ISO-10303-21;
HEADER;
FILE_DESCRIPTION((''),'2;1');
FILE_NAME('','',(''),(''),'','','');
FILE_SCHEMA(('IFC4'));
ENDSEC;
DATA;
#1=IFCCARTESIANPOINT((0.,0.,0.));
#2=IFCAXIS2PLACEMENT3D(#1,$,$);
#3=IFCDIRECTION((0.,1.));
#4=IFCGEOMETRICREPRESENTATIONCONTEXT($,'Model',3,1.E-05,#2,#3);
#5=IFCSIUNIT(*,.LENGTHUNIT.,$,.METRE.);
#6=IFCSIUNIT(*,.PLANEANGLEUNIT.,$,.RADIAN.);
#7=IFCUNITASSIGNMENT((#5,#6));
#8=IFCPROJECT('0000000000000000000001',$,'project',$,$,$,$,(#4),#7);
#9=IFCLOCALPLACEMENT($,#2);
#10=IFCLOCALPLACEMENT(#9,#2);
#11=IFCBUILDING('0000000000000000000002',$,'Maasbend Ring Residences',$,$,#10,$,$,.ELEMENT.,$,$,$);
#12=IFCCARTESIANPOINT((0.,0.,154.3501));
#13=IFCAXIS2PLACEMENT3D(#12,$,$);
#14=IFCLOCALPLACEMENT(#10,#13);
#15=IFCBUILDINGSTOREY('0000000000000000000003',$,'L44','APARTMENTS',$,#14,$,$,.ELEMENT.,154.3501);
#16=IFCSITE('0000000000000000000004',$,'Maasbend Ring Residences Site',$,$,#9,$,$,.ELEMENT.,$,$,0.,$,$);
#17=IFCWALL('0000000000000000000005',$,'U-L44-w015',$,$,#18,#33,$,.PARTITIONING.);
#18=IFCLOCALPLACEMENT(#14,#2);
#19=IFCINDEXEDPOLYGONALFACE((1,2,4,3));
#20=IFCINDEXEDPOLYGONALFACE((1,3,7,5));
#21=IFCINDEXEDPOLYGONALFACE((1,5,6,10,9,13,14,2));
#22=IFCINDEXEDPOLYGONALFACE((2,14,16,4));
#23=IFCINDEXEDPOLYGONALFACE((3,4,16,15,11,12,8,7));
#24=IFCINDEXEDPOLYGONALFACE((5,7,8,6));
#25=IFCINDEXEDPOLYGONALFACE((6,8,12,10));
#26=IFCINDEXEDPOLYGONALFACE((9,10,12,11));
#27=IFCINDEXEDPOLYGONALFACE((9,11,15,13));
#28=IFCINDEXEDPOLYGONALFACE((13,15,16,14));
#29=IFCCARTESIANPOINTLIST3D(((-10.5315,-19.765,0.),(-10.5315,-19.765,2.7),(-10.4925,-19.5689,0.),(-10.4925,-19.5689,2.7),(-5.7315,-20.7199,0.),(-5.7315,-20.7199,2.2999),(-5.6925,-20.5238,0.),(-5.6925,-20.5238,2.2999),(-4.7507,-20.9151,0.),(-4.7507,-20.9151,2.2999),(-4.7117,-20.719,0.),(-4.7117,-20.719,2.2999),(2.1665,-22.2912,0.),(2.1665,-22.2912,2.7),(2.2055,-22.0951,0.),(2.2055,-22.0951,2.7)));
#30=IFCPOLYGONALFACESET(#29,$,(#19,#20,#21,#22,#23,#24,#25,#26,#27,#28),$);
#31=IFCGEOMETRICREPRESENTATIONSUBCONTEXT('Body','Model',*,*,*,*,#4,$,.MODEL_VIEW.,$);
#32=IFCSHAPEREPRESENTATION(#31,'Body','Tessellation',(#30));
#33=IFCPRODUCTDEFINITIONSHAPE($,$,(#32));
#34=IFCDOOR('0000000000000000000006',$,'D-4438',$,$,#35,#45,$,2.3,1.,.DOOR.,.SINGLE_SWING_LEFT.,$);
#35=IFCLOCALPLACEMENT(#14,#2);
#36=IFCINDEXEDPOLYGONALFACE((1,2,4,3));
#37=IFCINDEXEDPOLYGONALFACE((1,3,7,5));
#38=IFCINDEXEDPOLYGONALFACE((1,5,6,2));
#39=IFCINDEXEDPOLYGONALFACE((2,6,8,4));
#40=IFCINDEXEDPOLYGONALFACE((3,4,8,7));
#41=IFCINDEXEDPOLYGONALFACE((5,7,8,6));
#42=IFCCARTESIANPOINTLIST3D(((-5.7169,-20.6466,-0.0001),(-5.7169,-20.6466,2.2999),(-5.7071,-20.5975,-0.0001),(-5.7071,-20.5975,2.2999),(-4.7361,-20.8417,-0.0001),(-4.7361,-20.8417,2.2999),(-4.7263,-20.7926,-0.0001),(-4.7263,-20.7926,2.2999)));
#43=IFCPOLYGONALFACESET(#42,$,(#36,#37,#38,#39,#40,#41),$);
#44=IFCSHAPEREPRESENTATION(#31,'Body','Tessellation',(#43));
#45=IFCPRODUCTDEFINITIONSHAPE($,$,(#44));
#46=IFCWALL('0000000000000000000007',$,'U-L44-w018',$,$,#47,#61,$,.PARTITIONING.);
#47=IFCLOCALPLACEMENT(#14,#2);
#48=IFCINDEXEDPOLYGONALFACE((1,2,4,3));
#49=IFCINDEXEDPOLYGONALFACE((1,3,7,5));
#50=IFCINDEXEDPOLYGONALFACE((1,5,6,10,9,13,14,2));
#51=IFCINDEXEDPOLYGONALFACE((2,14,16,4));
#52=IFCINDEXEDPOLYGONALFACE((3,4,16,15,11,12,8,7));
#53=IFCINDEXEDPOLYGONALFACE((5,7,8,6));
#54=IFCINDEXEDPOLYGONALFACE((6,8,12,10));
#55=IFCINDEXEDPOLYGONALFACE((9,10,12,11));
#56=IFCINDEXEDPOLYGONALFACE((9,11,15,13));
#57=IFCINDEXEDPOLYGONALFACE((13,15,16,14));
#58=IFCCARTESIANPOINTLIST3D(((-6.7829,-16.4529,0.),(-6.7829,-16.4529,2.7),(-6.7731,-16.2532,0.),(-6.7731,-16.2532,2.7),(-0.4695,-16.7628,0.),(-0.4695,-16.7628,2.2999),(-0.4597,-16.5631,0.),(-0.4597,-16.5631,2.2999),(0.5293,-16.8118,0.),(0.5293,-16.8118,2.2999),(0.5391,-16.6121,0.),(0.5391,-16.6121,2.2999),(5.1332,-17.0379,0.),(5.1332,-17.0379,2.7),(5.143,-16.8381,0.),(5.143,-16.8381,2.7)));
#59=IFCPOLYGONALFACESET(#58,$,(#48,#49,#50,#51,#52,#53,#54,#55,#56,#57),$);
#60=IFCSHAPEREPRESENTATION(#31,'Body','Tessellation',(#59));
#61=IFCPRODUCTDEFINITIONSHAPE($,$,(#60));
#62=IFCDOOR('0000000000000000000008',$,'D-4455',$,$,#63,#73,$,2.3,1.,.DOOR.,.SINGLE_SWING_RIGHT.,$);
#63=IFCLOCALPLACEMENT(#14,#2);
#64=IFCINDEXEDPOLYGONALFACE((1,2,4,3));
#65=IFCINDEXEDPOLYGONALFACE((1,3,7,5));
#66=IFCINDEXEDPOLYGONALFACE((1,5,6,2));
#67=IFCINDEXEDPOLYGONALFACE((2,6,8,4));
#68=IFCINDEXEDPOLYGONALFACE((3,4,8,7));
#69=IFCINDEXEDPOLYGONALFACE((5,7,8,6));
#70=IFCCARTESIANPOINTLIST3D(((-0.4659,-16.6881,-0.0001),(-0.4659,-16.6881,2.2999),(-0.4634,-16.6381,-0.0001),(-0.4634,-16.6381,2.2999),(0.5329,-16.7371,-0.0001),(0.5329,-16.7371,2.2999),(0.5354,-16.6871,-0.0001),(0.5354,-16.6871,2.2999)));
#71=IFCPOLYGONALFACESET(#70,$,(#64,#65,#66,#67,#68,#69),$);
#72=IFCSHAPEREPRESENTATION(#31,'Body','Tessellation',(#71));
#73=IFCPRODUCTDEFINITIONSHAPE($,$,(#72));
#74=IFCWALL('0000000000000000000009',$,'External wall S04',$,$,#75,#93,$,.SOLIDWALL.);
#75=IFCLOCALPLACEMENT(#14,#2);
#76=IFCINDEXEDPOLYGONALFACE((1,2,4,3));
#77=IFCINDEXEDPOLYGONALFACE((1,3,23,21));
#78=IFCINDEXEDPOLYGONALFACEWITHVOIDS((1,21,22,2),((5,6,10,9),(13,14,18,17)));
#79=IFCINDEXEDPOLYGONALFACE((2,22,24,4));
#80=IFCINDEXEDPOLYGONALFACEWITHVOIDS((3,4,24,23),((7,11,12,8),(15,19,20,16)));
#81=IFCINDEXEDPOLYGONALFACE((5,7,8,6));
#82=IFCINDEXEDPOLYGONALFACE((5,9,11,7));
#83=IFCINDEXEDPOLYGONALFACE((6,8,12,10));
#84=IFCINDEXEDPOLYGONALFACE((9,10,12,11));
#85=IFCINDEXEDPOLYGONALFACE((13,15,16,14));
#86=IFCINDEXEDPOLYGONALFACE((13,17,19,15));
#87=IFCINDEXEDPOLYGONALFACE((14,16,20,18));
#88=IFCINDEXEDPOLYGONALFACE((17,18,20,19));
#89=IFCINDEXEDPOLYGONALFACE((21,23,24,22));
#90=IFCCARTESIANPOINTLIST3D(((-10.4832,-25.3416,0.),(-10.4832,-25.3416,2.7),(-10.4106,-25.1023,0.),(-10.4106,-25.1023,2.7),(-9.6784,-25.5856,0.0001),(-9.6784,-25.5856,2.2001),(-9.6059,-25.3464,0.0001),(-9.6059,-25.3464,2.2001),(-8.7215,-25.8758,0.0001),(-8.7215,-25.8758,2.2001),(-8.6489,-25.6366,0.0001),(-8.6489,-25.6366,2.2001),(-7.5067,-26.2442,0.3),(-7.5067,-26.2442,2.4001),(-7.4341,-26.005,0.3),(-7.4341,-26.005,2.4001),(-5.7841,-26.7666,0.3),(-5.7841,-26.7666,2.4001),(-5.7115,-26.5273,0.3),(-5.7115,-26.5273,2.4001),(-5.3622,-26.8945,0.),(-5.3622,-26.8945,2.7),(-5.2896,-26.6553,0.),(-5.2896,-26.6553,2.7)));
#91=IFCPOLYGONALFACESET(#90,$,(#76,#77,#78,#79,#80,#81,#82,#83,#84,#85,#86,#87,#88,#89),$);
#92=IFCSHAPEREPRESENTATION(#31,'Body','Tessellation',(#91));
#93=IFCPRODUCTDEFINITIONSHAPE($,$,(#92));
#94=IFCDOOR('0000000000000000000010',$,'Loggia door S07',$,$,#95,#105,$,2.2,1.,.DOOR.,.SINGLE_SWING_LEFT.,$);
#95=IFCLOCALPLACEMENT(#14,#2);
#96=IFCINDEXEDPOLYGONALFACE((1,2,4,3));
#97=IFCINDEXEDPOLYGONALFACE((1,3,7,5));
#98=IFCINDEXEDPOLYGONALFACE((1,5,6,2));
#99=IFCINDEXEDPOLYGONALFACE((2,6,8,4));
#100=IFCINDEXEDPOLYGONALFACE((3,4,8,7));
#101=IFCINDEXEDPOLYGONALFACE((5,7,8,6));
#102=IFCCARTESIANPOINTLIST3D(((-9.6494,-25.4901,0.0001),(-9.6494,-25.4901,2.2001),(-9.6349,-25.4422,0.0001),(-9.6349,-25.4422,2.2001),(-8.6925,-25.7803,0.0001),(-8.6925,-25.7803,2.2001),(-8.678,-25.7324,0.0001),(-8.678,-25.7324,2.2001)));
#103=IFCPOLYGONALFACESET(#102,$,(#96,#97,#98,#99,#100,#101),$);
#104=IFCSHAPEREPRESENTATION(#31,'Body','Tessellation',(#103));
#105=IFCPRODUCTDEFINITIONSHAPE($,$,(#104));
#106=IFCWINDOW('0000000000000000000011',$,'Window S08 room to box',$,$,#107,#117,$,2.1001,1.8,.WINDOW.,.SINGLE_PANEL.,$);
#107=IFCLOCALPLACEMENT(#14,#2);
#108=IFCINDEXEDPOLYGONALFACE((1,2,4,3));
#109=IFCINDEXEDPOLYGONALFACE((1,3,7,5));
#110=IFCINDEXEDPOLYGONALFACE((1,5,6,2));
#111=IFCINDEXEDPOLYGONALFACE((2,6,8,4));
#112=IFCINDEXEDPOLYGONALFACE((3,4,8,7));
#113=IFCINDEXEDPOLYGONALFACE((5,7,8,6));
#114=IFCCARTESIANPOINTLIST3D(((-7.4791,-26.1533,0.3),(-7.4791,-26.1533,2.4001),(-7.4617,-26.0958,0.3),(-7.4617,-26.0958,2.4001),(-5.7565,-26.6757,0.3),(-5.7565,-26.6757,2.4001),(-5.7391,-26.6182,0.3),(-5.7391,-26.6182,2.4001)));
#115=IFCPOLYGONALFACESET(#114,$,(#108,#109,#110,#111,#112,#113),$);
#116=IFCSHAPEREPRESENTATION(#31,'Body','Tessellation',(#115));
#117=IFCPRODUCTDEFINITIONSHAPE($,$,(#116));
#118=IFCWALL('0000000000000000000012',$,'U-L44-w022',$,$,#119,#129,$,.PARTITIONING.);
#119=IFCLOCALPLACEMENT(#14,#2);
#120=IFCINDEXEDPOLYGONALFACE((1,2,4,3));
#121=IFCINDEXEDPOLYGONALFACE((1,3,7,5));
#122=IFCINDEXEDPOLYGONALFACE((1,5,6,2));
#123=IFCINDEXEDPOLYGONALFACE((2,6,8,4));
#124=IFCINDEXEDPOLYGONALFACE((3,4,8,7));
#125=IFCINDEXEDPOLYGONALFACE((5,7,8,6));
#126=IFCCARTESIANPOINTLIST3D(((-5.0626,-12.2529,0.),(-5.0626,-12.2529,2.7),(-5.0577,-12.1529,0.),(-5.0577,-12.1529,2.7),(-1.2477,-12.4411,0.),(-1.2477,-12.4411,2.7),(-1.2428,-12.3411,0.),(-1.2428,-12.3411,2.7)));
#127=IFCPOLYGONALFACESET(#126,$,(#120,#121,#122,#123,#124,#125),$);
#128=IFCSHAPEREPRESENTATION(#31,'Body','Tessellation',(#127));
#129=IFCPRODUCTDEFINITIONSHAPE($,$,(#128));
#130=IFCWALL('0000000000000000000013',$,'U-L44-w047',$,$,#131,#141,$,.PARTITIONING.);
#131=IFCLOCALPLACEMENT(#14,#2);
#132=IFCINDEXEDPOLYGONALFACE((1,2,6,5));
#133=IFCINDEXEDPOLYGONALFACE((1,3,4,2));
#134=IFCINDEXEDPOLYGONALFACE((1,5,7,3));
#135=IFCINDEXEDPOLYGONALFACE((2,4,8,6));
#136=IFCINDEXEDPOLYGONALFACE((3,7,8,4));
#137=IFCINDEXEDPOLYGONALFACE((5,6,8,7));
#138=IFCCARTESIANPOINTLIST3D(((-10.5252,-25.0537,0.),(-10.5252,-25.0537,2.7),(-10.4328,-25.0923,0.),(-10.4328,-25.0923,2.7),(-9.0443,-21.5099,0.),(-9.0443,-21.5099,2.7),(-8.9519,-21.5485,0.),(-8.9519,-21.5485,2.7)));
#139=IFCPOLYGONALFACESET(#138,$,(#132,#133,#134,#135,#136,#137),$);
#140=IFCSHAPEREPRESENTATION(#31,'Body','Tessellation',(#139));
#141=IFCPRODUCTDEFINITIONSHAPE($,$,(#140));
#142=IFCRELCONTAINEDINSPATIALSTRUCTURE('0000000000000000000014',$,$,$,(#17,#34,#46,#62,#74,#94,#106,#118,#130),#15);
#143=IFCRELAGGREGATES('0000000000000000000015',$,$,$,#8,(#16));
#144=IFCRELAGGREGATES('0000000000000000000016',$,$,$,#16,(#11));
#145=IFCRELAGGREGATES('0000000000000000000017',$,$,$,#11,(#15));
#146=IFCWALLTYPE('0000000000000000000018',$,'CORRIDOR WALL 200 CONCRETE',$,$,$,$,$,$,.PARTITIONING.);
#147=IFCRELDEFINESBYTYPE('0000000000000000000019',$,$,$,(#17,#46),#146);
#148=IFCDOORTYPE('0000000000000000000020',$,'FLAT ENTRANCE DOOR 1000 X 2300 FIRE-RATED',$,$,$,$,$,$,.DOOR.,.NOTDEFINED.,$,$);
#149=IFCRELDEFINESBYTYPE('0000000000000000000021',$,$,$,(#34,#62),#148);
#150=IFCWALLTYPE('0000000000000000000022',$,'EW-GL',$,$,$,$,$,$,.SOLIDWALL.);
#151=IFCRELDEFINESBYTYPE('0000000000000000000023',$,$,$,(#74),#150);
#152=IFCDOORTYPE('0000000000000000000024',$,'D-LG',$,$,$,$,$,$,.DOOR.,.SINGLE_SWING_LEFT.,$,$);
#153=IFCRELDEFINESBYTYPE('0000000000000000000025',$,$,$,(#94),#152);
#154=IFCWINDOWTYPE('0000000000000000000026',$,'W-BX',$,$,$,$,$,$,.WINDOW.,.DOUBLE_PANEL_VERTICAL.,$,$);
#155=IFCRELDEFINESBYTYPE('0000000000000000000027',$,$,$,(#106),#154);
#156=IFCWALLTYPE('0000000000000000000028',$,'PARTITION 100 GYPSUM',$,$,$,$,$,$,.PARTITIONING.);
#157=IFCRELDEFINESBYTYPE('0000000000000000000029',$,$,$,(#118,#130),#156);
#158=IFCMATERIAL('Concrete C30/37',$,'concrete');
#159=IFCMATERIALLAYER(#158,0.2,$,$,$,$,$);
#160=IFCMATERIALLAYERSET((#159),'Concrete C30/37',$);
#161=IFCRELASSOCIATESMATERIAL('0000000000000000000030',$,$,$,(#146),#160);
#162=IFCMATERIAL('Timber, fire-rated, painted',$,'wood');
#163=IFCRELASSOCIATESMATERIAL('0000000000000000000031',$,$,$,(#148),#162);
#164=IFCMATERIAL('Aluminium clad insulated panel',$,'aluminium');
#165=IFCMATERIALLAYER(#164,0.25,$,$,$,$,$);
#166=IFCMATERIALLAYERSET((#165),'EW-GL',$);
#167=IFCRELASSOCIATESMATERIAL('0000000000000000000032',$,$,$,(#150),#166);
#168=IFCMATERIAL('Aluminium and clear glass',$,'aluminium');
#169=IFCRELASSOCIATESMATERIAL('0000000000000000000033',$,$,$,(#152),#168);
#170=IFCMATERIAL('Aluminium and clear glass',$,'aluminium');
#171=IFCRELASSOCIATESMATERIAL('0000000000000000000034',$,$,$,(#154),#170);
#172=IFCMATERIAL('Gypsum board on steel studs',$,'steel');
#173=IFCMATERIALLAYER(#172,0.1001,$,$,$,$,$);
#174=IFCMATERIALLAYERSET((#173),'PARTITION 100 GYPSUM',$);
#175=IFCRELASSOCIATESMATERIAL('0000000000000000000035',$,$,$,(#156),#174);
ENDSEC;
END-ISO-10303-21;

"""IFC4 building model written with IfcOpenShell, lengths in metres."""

from ifc_helpers import new_model, si_unit, direction, frame, frame_2d, origin, place, context, subcontext, project, spatial, rectangle, extrude, material, layer, layer_set, type_object, element, fill, save


model = new_model("IFC4")

# Units and contexts
model_context = context("Model", 3, precision=1e-05, world=origin(), true_north=direction((0.0, 1.0)))
body_context = subcontext(model_context, "Body", "Model", "MODEL_VIEW")
ifc_project = project(units=[si_unit("LENGTHUNIT", "METRE"), si_unit("PLANEANGLEUNIT", "RADIAN")], contexts=[model_context])

# Site, building, storey
site_placement = place(None, origin())
site = spatial("IfcSite", under=ifc_project, at=site_placement, Name="Maasbend Ring Residences Site", CompositionType="ELEMENT", RefElevation=0.0)
building_placement = place(site_placement, origin())
building = spatial("IfcBuilding", under=site, at=building_placement, Name="Maasbend Ring Residences", CompositionType="ELEMENT")
storey_placement = place(building_placement, frame((0.0, 0.0, 154.3501)))
storey = spatial("IfcBuildingStorey", under=building, at=storey_placement, Name="L44", Description="APARTMENTS", CompositionType="ELEMENT", Elevation=154.3501)

# Walls, openings, doors
ifc_material_1 = material(Name="Concrete C30/37", Category="concrete")
ifc_layer_1 = layer(ifc_material_1, 0.2)
ifc_layer_set_1 = layer_set([ifc_layer_1], Name="Concrete C30/37")
wall_type_1 = type_object("IfcWallType", Name="CORRIDOR WALL 200 CONCRETE", PredefinedType="PARTITIONING", material=ifc_layer_set_1)
wall_1_placement = place(storey_placement, frame((-10.512, -19.667, 0.0), z_axis=(0.0, 0.0, 1.0), x_axis=(0.98078, -0.195115, 0.0)))
wall_1 = element("IfcWall", 1, at=wall_1_placement, inside=storey, type_object=wall_type_1, Name="U-L44-w015", PredefinedType="PARTITIONING", context=body_context, shape_type="SweptSolid", body=[
    extrude(rectangle(XDim=12.9468, YDim=0.2, at=frame_2d((6.4734, 0.0))), origin(), (0.0, 0.0, 1.0), 2.7),
])
opening_1_placement = place(wall_1_placement, frame((4.894, 0.0, 0.0)))
opening_1 = element("IfcOpeningElement", 2, at=opening_1_placement, cuts=wall_1, PredefinedType="OPENING", context=body_context, shape_type="SweptSolid", body=[
    extrude(rectangle(XDim=1.0, YDim=2.3, at=frame_2d((0.5, 1.1499))), frame((0.0, 0.1099, 0.0), z_axis=(0.0, -1.0, 0.0), x_axis=(1.0, 0.0, 0.0)), (0.0, 0.0, 1.0), 0.22),
])
ifc_material_2 = material(Name="Timber, fire-rated, painted", Category="wood")
door_type_1 = type_object("IfcDoorType", Name="FLAT ENTRANCE DOOR 1000 X 2300 FIRE-RATED", OperationType="NOTDEFINED", PredefinedType="DOOR", material=ifc_material_2)
door_1_placement = place(opening_1_placement, origin())
door_1 = element("IfcDoor", 3, at=door_1_placement, inside=storey, type_object=door_type_1, Name="D-4438", OperationType="SINGLE_SWING_LEFT", OverallHeight=2.3, OverallWidth=1.0, PredefinedType="DOOR", context=body_context, shape_type="SweptSolid", body=[
    extrude(rectangle(XDim=1.0, YDim=2.3, at=frame_2d((0.5, 1.1499))), frame((0.0, 0.0249, 0.0), z_axis=(0.0, -1.0, 0.0), x_axis=(1.0, 0.0, 0.0)), (0.0, 0.0, 1.0), 0.05),
])
fill(opening_1, door_1)
wall_2_placement = place(storey_placement, frame((-6.7781, -16.353, 0.0), z_axis=(0.0, 0.0, 1.0), x_axis=(0.998797, -0.049031, 0.0)))
wall_2 = element("IfcWall", 4, at=wall_2_placement, inside=storey, type_object=wall_type_1, Name="U-L44-w018", PredefinedType="PARTITIONING", context=body_context, shape_type="SweptSolid", body=[
    extrude(rectangle(XDim=11.9304, YDim=0.2, at=frame_2d((5.9653, 0.0))), origin(), (0.0, 0.0, 1.0), 2.7),
])
opening_2_placement = place(wall_2_placement, frame((6.321, 0.0, 0.0)))
opening_2 = element("IfcOpeningElement", 5, at=opening_2_placement, cuts=wall_2, PredefinedType="OPENING", context=body_context, shape_type="SweptSolid", body=[
    extrude(rectangle(XDim=1.0, YDim=2.3, at=frame_2d((0.5, 1.1499))), frame((0.0, 0.1099, 0.0), z_axis=(0.0, -1.0, 0.0), x_axis=(1.0, 0.0, 0.0)), (0.0, 0.0, 1.0), 0.22),
])
door_2_placement = place(opening_2_placement, origin())
door_2 = element("IfcDoor", 6, at=door_2_placement, inside=storey, type_object=door_type_1, Name="D-4455", OperationType="SINGLE_SWING_RIGHT", OverallHeight=2.3, OverallWidth=1.0, PredefinedType="DOOR", context=body_context, shape_type="SweptSolid", body=[
    extrude(rectangle(XDim=1.0, YDim=2.3, at=frame_2d((0.5, 1.1499))), frame((0.0, 0.0249, 0.0), z_axis=(0.0, -1.0, 0.0), x_axis=(1.0, 0.0, 0.0)), (0.0, 0.0, 1.0), 0.05),
])
fill(opening_2, door_2)

# Wall, openings, door, window
ifc_material_3 = material(Name="Aluminium clad insulated panel", Category="aluminium")
ifc_layer_2 = layer(ifc_material_3, 0.25)
ifc_layer_set_2 = layer_set([ifc_layer_2], Name="EW-GL")
wall_type_2 = type_object("IfcWallType", Name="EW-GL", PredefinedType="SOLIDWALL", material=ifc_layer_set_2)
wall_3_placement = place(storey_placement, frame((-10.447, -25.2219, 0.0), z_axis=(0.0, 0.0, 1.0), x_axis=(0.956966, -0.290201, 0.0)))
wall_3 = element("IfcWall", 7, at=wall_3_placement, inside=storey, type_object=wall_type_2, Name="External wall S04", PredefinedType="SOLIDWALL", context=body_context, shape_type="SweptSolid", body=[
    extrude(rectangle(XDim=5.3513, YDim=0.25, at=frame_2d((2.6758, 0.0))), origin(), (0.0, 0.0, 1.0), 2.7),
])
opening_3_placement = place(wall_3_placement, frame((0.8411, 0.0, 0.0)))
opening_3 = element("IfcOpeningElement", 8, at=opening_3_placement, cuts=wall_3, PredefinedType="OPENING", context=body_context, shape_type="SweptSolid", body=[
    extrude(rectangle(XDim=1.0, YDim=2.2, at=frame_2d((0.5, 1.1001))), frame((0.0, 0.135, 0.0), z_axis=(0.0, -1.0, 0.0), x_axis=(1.0, 0.0, 0.0)), (0.0, 0.0, 1.0), 0.27),
])
opening_4_placement = place(wall_3_placement, frame((3.1106, 0.0, 0.3)))
opening_4 = element("IfcOpeningElement", 9, at=opening_4_placement, cuts=wall_3, PredefinedType="OPENING", context=body_context, shape_type="SweptSolid", body=[
    extrude(rectangle(XDim=1.8, YDim=2.1001, at=frame_2d((0.8999, 1.05))), frame((0.0, 0.135, 0.0), z_axis=(0.0, -1.0, 0.0), x_axis=(1.0, 0.0, 0.0)), (0.0, 0.0, 1.0), 0.27),
])
ifc_material_4 = material(Name="Aluminium and clear glass", Category="aluminium")
door_type_2 = type_object("IfcDoorType", Name="D-LG", OperationType="SINGLE_SWING_LEFT", PredefinedType="DOOR", material=ifc_material_4)
door_3_placement = place(opening_3_placement, origin())
door_3 = element("IfcDoor", 10, at=door_3_placement, inside=storey, type_object=door_type_2, Name="Loggia door S07", OperationType="SINGLE_SWING_LEFT", OverallHeight=2.2, OverallWidth=1.0, PredefinedType="DOOR", context=body_context, shape_type="SweptSolid", body=[
    extrude(rectangle(XDim=1.0, YDim=2.2, at=frame_2d((0.5, 1.1001))), frame((0.0, 0.0249, 0.0), z_axis=(0.0, -1.0, 0.0), x_axis=(1.0, 0.0, 0.0)), (0.0, 0.0, 1.0), 0.05),
])
fill(opening_3, door_3)
ifc_material_5 = material(Name="Aluminium and clear glass", Category="aluminium")
window_type = type_object("IfcWindowType", Name="W-BX", PartitioningType="DOUBLE_PANEL_VERTICAL", PredefinedType="WINDOW", material=ifc_material_5)
window_placement = place(opening_4_placement, origin())
window = element("IfcWindow", 11, at=window_placement, inside=storey, type_object=window_type, Name="Window S08 room to box", OverallHeight=2.1001, OverallWidth=1.8, PartitioningType="SINGLE_PANEL", PredefinedType="WINDOW", context=body_context, shape_type="SweptSolid", body=[
    extrude(rectangle(XDim=1.8, YDim=2.1001, at=frame_2d((0.8999, 1.05))), frame((0.0, 0.03, 0.0), z_axis=(0.0, -1.0, 0.0), x_axis=(1.0, 0.0, 0.0)), (0.0, 0.0, 1.0), 0.0601),
])
fill(opening_4, window)

# Walls
ifc_material_6 = material(Name="Gypsum board on steel studs", Category="steel")
ifc_layer_3 = layer(ifc_material_6, 0.1001)
ifc_layer_set_3 = layer_set([ifc_layer_3], Name="PARTITION 100 GYPSUM")
wall_type_3 = type_object("IfcWallType", Name="PARTITION 100 GYPSUM", PredefinedType="PARTITIONING", material=ifc_layer_set_3)
wall_4_placement = place(storey_placement, frame((-5.0601, -12.2029, 0.0), z_axis=(0.0, 0.0, 1.0), x_axis=(0.998785, -0.049281, 0.0)))
element("IfcWall", 12, at=wall_4_placement, inside=storey, type_object=wall_type_3, Name="U-L44-w022", PredefinedType="PARTITIONING", context=body_context, shape_type="SweptSolid", body=[
    extrude(rectangle(XDim=3.8196, YDim=0.1001, at=frame_2d((1.9097, 0.0))), origin(), (0.0, 0.0, 1.0), 2.7),
])
wall_5_placement = place(storey_placement, frame((-10.479, -25.073, 0.0), z_axis=(0.0, 0.0, 1.0), x_axis=(0.385572, 0.922678, 0.0)))
element("IfcWall", 13, at=wall_5_placement, inside=storey, type_object=wall_type_3, Name="U-L44-w047", PredefinedType="PARTITIONING", context=body_context, shape_type="SweptSolid", body=[
    extrude(rectangle(XDim=3.8408, YDim=0.1001, at=frame_2d((1.9204, 0.0))), origin(), (0.0, 0.0, 1.0), 2.7),
])

save(model, "model.ifc")
